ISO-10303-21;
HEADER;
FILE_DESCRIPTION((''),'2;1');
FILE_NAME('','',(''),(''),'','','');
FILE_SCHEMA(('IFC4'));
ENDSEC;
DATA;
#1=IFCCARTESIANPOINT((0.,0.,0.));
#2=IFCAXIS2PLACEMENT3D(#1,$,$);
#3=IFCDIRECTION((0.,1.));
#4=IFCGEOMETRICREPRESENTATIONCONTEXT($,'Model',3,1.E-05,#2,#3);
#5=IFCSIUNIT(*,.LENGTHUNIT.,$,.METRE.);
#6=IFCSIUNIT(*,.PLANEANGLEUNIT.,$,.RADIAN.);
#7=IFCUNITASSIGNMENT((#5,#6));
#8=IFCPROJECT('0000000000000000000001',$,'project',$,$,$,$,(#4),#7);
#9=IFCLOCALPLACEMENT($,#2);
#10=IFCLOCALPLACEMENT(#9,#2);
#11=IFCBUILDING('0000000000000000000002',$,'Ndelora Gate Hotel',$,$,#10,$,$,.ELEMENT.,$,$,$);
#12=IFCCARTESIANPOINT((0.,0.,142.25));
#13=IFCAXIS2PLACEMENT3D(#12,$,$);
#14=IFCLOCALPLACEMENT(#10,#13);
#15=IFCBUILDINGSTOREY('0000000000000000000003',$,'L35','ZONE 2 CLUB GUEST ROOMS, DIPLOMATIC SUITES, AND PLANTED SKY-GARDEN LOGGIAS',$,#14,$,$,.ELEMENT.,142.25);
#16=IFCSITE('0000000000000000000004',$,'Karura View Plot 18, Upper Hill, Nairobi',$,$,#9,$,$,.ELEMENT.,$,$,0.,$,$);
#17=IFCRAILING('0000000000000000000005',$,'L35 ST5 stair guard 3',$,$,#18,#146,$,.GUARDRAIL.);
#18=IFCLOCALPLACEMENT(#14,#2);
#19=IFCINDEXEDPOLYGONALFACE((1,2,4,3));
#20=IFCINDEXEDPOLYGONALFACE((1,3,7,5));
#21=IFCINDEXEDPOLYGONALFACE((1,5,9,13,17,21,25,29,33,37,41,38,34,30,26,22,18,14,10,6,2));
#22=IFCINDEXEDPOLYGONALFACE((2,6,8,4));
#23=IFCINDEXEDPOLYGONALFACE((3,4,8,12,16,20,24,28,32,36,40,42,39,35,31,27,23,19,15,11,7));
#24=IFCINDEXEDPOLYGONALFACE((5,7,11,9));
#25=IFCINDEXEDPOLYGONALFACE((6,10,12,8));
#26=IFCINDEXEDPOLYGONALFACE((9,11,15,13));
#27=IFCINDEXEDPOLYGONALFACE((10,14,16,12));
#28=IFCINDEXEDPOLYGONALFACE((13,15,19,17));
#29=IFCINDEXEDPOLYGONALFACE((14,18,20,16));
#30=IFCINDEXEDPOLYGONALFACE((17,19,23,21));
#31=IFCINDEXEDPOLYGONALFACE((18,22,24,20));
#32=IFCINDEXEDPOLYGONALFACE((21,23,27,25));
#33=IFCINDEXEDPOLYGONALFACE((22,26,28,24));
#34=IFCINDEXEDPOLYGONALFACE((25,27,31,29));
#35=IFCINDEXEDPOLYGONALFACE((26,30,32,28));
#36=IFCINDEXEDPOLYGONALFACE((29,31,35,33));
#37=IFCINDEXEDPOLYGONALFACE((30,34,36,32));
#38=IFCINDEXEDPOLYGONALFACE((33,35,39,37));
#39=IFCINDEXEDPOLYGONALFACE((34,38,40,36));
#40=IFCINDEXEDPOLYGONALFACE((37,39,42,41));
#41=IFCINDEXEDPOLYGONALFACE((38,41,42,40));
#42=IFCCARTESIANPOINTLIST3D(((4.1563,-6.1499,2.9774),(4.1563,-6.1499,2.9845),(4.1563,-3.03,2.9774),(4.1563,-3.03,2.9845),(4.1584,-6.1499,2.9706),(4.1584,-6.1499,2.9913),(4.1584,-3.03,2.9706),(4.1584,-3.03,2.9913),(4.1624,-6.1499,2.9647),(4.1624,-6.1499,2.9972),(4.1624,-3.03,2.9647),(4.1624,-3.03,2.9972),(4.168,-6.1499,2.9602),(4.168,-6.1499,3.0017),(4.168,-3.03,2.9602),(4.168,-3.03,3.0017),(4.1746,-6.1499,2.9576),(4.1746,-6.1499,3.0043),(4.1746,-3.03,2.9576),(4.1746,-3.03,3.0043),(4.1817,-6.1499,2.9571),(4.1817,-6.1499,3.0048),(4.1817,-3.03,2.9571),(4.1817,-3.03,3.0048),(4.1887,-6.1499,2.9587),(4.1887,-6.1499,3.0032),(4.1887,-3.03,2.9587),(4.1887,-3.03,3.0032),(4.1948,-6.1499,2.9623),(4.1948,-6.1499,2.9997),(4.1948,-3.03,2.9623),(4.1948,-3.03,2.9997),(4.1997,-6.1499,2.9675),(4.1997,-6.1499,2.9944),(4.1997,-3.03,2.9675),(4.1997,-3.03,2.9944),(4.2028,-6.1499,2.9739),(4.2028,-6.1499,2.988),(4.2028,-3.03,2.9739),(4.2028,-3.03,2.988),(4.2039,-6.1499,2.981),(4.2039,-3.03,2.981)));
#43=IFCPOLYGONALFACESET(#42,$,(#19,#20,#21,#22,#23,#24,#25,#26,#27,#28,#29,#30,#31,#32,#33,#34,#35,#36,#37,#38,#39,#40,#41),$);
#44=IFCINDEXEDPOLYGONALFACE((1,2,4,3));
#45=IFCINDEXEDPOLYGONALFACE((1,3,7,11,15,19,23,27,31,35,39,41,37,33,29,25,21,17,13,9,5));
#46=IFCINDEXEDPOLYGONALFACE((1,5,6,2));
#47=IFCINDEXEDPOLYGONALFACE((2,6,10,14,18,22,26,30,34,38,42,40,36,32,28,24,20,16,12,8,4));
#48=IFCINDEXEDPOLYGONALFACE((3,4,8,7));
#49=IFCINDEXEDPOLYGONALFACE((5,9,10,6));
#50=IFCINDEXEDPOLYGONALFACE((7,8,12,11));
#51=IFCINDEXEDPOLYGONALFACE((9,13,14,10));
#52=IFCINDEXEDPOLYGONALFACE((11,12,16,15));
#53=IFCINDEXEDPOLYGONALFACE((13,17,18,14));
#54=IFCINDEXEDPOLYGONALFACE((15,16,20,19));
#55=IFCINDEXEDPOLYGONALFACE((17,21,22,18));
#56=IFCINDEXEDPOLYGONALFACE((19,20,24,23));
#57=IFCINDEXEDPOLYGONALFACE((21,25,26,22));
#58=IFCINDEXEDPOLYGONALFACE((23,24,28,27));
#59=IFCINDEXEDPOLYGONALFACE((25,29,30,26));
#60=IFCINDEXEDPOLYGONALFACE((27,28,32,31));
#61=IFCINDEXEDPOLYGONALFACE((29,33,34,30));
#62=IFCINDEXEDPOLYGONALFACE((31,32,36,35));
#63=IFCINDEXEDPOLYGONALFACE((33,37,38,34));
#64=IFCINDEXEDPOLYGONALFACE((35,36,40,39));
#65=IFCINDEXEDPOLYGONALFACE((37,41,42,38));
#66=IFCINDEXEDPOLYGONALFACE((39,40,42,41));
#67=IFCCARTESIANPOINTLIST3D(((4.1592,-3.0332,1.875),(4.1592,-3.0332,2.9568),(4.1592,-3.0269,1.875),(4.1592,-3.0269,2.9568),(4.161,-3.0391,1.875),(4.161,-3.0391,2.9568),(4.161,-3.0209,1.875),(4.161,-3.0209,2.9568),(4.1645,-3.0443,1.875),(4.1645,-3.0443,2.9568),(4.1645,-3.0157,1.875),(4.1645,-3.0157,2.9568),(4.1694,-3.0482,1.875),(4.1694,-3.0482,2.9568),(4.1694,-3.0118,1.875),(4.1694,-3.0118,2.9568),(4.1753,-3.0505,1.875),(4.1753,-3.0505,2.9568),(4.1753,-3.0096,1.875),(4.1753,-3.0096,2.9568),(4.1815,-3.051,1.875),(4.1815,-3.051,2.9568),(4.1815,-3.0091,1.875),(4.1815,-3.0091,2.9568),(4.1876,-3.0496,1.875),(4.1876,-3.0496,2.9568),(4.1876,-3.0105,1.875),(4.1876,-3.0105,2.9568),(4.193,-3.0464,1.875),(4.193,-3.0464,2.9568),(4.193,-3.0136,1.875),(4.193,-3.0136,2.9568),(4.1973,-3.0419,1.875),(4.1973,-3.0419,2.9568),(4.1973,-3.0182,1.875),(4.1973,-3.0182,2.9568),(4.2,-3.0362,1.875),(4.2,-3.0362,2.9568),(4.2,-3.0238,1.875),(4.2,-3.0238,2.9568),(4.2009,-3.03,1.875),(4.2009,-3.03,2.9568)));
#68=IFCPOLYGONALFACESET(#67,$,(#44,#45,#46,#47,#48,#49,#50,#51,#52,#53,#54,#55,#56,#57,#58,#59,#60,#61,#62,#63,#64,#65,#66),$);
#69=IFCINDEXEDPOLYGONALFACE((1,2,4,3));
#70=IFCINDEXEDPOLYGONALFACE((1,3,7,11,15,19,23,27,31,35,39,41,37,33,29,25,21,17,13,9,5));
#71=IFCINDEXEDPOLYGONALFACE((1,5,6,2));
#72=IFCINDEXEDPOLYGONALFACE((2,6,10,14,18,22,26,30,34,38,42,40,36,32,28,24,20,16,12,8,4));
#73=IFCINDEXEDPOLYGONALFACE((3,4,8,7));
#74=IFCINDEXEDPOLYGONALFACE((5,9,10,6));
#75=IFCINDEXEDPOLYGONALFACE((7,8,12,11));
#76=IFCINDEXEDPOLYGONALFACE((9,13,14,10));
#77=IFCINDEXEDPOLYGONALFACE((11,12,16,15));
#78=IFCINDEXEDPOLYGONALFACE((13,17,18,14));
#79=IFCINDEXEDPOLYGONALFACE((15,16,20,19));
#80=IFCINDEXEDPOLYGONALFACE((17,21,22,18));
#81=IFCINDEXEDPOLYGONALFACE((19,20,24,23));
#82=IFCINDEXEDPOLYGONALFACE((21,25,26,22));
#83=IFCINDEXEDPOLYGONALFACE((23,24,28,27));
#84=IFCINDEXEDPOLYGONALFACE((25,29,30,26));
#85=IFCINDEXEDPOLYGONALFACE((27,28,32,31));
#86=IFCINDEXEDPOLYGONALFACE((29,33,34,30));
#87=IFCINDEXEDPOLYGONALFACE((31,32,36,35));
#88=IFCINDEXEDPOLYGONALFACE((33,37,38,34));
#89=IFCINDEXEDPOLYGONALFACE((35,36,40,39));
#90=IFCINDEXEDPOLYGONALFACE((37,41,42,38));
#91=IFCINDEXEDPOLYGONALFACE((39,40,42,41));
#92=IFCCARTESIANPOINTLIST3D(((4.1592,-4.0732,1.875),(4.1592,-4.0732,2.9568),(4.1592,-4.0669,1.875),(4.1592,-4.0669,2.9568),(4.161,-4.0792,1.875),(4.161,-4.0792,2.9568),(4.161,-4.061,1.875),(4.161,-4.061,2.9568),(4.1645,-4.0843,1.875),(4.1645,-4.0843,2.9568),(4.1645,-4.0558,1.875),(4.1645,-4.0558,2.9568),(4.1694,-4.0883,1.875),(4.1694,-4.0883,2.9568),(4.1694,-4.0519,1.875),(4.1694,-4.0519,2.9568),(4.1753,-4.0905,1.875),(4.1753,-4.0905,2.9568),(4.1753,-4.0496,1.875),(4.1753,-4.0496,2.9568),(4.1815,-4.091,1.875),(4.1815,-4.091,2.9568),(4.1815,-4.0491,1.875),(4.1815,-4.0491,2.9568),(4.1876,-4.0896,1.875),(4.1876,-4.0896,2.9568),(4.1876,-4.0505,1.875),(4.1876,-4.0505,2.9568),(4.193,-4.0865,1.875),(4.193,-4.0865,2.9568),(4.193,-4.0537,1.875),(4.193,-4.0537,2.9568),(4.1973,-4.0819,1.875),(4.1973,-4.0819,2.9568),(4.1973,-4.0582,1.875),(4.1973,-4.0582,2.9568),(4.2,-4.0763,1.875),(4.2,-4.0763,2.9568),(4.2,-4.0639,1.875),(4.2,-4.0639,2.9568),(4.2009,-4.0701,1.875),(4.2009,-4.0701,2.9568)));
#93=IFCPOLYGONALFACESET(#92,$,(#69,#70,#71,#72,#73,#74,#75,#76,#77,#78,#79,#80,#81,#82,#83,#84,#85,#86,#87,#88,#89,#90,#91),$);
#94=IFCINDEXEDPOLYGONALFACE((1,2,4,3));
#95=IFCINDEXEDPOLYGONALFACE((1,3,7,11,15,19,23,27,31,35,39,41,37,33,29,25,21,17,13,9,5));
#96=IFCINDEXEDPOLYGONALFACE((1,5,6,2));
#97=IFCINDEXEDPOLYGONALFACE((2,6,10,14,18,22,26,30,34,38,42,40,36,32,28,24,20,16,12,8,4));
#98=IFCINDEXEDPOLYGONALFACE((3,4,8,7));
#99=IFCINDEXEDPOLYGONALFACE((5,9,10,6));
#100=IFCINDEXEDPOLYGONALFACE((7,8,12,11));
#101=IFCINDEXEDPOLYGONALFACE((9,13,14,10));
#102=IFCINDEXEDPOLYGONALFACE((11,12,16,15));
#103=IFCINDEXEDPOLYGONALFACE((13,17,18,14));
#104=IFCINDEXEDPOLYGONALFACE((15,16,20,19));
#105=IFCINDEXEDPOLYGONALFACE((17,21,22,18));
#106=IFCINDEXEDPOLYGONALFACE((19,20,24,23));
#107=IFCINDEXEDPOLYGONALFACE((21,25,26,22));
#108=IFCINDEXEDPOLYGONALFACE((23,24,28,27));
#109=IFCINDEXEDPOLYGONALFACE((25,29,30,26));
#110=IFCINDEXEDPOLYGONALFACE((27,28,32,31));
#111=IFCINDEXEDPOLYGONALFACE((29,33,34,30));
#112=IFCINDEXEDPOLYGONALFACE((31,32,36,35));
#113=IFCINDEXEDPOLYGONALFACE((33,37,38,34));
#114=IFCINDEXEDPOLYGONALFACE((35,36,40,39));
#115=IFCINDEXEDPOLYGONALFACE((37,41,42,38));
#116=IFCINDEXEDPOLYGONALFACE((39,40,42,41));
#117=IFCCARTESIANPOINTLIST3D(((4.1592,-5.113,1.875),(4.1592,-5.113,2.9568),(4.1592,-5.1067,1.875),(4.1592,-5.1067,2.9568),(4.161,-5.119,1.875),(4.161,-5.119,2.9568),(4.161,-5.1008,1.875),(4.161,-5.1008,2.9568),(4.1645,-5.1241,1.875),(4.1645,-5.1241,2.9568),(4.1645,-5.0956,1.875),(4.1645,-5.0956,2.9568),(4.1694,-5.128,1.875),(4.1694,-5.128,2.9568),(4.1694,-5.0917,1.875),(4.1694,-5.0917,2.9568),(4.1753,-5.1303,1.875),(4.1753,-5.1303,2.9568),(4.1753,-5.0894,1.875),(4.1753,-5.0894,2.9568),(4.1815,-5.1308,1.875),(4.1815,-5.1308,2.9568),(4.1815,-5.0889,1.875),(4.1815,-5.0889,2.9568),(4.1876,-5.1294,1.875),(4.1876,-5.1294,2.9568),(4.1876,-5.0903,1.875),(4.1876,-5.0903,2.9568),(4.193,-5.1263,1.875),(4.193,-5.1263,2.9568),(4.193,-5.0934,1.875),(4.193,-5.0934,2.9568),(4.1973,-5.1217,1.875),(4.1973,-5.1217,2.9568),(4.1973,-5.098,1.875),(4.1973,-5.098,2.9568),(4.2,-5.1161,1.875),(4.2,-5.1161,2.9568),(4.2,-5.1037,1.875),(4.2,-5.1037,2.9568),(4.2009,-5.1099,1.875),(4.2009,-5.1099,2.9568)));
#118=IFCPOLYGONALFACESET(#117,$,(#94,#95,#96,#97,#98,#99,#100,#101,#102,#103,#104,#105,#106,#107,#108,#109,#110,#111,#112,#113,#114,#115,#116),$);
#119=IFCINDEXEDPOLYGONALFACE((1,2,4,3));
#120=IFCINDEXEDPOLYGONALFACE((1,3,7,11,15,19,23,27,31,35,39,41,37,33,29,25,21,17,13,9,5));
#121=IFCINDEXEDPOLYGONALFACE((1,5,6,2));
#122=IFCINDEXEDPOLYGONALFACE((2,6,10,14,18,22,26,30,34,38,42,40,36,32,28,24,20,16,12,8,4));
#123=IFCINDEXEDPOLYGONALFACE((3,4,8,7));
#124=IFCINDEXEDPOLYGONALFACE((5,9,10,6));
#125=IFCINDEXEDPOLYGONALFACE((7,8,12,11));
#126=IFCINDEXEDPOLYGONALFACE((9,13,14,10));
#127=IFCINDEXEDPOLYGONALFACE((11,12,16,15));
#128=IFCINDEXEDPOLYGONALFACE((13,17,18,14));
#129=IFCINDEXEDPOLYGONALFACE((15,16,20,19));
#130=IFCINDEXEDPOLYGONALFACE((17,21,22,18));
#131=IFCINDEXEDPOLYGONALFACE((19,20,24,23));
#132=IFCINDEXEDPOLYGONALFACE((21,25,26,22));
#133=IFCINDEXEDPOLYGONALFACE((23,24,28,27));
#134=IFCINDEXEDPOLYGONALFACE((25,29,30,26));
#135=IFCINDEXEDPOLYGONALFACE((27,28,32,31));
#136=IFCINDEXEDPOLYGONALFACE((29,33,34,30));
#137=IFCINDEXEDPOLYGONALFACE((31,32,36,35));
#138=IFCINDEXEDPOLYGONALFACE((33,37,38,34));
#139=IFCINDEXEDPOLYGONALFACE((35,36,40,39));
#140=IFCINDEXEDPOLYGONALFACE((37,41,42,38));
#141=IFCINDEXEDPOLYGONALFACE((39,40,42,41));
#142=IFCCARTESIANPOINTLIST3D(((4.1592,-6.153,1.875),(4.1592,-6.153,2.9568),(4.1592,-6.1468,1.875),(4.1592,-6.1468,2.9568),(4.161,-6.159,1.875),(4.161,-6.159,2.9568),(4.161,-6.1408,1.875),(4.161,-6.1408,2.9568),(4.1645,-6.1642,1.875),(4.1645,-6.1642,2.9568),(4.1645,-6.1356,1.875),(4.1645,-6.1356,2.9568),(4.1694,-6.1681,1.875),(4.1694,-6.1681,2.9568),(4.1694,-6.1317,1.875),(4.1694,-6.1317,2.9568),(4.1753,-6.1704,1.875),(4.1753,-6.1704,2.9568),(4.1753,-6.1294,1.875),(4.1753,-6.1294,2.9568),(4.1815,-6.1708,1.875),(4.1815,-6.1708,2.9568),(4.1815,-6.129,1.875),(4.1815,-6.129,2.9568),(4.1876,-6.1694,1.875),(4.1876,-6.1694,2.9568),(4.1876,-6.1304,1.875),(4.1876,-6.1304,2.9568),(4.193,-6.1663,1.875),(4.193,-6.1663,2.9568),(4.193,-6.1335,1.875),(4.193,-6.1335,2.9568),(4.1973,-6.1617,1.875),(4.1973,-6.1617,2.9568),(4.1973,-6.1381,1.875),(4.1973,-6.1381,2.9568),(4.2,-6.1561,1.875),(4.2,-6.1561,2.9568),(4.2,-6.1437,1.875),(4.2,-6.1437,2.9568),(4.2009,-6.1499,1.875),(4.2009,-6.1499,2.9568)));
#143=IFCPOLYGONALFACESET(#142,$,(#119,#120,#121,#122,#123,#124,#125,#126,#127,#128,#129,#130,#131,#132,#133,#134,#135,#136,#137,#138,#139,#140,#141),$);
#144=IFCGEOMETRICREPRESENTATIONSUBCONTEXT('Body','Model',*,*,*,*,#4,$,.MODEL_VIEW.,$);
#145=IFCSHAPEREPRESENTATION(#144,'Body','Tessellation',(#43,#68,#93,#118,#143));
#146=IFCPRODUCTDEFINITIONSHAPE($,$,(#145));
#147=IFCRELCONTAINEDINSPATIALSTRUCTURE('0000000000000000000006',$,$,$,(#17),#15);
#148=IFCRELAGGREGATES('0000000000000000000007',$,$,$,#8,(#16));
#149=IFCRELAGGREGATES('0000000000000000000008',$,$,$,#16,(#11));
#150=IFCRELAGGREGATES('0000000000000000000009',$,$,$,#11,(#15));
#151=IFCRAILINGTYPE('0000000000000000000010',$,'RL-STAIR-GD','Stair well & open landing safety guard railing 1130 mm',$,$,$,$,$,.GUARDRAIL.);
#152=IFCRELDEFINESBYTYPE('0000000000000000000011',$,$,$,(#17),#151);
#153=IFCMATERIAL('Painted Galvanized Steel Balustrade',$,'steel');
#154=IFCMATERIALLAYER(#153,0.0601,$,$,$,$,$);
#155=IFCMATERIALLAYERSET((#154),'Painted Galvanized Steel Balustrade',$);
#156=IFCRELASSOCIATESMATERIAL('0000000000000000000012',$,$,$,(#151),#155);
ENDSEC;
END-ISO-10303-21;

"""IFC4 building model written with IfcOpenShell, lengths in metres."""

from ifc_helpers import new_model, si_unit, direction, frame, origin, origin_2d, place, context, subcontext, project, spatial, circle, extrude, material, layer, layer_set, type_object, element, save


model = new_model("IFC4")

# Units and contexts
model_context = context("Model", 3, precision=1e-05, world=origin(), true_north=direction((0.0, 1.0)))
body_context = subcontext(model_context, "Body", "Model", "MODEL_VIEW")
ifc_project = project(units=[si_unit("LENGTHUNIT", "METRE"), si_unit("PLANEANGLEUNIT", "RADIAN")], contexts=[model_context])

# Site, building, storey
site_placement = place(None, origin())
site = spatial("IfcSite", under=ifc_project, at=site_placement, Name="Karura View Plot 18, Upper Hill, Nairobi", CompositionType="ELEMENT", RefElevation=0.0)
building_placement = place(site_placement, origin())
building = spatial("IfcBuilding", under=site, at=building_placement, Name="Ndelora Gate Hotel", CompositionType="ELEMENT")
storey_placement = place(building_placement, frame((0.0, 0.0, 142.25)))
storey = spatial("IfcBuildingStorey", under=building, at=storey_placement, Name="L35", Description="ZONE 2 CLUB GUEST ROOMS, DIPLOMATIC SUITES, AND PLANTED SKY-GARDEN LOGGIAS", CompositionType="ELEMENT", Elevation=142.25)

# Railing
ifc_material_1 = material(Name="Painted Galvanized Steel Balustrade", Category="steel")
ifc_layer_1 = layer(ifc_material_1, 0.0601)
ifc_layer_set_1 = layer_set([ifc_layer_1], Name="Painted Galvanized Steel Balustrade")
railing_type_1 = type_object("IfcRailingType", Name="RL-STAIR-GD", Description="Stair well & open landing safety guard railing 1130 mm", PredefinedType="GUARDRAIL", material=ifc_layer_set_1)
for number, where, name in (
    (1, (4.1799, -3.03, 1.875), "L35 ST5 stair guard 3"),
):
    element("IfcRailing", number, at=place(storey_placement, frame(where)), inside=storey, type_object=railing_type_1, Name=name, PredefinedType="GUARDRAIL", context=body_context, shape_type="SweptSolid", body=[
        extrude(circle(Radius=0.0239, at=origin_2d()), frame((0.0, 0.0, 1.106), z_axis=(0.0, -1.0, 0.0), x_axis=(1.0, 0.0, 0.0)), (0.0, 0.0, 1.0), 3.1199),
        extrude(circle(Radius=0.021, at=origin_2d()), origin(), (0.0, 0.0, 1.0), 1.0818),
        extrude(circle(Radius=0.021, at=origin_2d()), frame((0.0, -1.04, 0.0)), (0.0, 0.0, 1.0), 1.0818),
        extrude(circle(Radius=0.021, at=origin_2d()), frame((0.0, -2.0798, 0.0)), (0.0, 0.0, 1.0), 1.0818),
        extrude(circle(Radius=0.021, at=origin_2d()), frame((0.0, -3.1199, 0.0)), (0.0, 0.0, 1.0), 1.0818),
    ])

save(model, "model.ifc")
